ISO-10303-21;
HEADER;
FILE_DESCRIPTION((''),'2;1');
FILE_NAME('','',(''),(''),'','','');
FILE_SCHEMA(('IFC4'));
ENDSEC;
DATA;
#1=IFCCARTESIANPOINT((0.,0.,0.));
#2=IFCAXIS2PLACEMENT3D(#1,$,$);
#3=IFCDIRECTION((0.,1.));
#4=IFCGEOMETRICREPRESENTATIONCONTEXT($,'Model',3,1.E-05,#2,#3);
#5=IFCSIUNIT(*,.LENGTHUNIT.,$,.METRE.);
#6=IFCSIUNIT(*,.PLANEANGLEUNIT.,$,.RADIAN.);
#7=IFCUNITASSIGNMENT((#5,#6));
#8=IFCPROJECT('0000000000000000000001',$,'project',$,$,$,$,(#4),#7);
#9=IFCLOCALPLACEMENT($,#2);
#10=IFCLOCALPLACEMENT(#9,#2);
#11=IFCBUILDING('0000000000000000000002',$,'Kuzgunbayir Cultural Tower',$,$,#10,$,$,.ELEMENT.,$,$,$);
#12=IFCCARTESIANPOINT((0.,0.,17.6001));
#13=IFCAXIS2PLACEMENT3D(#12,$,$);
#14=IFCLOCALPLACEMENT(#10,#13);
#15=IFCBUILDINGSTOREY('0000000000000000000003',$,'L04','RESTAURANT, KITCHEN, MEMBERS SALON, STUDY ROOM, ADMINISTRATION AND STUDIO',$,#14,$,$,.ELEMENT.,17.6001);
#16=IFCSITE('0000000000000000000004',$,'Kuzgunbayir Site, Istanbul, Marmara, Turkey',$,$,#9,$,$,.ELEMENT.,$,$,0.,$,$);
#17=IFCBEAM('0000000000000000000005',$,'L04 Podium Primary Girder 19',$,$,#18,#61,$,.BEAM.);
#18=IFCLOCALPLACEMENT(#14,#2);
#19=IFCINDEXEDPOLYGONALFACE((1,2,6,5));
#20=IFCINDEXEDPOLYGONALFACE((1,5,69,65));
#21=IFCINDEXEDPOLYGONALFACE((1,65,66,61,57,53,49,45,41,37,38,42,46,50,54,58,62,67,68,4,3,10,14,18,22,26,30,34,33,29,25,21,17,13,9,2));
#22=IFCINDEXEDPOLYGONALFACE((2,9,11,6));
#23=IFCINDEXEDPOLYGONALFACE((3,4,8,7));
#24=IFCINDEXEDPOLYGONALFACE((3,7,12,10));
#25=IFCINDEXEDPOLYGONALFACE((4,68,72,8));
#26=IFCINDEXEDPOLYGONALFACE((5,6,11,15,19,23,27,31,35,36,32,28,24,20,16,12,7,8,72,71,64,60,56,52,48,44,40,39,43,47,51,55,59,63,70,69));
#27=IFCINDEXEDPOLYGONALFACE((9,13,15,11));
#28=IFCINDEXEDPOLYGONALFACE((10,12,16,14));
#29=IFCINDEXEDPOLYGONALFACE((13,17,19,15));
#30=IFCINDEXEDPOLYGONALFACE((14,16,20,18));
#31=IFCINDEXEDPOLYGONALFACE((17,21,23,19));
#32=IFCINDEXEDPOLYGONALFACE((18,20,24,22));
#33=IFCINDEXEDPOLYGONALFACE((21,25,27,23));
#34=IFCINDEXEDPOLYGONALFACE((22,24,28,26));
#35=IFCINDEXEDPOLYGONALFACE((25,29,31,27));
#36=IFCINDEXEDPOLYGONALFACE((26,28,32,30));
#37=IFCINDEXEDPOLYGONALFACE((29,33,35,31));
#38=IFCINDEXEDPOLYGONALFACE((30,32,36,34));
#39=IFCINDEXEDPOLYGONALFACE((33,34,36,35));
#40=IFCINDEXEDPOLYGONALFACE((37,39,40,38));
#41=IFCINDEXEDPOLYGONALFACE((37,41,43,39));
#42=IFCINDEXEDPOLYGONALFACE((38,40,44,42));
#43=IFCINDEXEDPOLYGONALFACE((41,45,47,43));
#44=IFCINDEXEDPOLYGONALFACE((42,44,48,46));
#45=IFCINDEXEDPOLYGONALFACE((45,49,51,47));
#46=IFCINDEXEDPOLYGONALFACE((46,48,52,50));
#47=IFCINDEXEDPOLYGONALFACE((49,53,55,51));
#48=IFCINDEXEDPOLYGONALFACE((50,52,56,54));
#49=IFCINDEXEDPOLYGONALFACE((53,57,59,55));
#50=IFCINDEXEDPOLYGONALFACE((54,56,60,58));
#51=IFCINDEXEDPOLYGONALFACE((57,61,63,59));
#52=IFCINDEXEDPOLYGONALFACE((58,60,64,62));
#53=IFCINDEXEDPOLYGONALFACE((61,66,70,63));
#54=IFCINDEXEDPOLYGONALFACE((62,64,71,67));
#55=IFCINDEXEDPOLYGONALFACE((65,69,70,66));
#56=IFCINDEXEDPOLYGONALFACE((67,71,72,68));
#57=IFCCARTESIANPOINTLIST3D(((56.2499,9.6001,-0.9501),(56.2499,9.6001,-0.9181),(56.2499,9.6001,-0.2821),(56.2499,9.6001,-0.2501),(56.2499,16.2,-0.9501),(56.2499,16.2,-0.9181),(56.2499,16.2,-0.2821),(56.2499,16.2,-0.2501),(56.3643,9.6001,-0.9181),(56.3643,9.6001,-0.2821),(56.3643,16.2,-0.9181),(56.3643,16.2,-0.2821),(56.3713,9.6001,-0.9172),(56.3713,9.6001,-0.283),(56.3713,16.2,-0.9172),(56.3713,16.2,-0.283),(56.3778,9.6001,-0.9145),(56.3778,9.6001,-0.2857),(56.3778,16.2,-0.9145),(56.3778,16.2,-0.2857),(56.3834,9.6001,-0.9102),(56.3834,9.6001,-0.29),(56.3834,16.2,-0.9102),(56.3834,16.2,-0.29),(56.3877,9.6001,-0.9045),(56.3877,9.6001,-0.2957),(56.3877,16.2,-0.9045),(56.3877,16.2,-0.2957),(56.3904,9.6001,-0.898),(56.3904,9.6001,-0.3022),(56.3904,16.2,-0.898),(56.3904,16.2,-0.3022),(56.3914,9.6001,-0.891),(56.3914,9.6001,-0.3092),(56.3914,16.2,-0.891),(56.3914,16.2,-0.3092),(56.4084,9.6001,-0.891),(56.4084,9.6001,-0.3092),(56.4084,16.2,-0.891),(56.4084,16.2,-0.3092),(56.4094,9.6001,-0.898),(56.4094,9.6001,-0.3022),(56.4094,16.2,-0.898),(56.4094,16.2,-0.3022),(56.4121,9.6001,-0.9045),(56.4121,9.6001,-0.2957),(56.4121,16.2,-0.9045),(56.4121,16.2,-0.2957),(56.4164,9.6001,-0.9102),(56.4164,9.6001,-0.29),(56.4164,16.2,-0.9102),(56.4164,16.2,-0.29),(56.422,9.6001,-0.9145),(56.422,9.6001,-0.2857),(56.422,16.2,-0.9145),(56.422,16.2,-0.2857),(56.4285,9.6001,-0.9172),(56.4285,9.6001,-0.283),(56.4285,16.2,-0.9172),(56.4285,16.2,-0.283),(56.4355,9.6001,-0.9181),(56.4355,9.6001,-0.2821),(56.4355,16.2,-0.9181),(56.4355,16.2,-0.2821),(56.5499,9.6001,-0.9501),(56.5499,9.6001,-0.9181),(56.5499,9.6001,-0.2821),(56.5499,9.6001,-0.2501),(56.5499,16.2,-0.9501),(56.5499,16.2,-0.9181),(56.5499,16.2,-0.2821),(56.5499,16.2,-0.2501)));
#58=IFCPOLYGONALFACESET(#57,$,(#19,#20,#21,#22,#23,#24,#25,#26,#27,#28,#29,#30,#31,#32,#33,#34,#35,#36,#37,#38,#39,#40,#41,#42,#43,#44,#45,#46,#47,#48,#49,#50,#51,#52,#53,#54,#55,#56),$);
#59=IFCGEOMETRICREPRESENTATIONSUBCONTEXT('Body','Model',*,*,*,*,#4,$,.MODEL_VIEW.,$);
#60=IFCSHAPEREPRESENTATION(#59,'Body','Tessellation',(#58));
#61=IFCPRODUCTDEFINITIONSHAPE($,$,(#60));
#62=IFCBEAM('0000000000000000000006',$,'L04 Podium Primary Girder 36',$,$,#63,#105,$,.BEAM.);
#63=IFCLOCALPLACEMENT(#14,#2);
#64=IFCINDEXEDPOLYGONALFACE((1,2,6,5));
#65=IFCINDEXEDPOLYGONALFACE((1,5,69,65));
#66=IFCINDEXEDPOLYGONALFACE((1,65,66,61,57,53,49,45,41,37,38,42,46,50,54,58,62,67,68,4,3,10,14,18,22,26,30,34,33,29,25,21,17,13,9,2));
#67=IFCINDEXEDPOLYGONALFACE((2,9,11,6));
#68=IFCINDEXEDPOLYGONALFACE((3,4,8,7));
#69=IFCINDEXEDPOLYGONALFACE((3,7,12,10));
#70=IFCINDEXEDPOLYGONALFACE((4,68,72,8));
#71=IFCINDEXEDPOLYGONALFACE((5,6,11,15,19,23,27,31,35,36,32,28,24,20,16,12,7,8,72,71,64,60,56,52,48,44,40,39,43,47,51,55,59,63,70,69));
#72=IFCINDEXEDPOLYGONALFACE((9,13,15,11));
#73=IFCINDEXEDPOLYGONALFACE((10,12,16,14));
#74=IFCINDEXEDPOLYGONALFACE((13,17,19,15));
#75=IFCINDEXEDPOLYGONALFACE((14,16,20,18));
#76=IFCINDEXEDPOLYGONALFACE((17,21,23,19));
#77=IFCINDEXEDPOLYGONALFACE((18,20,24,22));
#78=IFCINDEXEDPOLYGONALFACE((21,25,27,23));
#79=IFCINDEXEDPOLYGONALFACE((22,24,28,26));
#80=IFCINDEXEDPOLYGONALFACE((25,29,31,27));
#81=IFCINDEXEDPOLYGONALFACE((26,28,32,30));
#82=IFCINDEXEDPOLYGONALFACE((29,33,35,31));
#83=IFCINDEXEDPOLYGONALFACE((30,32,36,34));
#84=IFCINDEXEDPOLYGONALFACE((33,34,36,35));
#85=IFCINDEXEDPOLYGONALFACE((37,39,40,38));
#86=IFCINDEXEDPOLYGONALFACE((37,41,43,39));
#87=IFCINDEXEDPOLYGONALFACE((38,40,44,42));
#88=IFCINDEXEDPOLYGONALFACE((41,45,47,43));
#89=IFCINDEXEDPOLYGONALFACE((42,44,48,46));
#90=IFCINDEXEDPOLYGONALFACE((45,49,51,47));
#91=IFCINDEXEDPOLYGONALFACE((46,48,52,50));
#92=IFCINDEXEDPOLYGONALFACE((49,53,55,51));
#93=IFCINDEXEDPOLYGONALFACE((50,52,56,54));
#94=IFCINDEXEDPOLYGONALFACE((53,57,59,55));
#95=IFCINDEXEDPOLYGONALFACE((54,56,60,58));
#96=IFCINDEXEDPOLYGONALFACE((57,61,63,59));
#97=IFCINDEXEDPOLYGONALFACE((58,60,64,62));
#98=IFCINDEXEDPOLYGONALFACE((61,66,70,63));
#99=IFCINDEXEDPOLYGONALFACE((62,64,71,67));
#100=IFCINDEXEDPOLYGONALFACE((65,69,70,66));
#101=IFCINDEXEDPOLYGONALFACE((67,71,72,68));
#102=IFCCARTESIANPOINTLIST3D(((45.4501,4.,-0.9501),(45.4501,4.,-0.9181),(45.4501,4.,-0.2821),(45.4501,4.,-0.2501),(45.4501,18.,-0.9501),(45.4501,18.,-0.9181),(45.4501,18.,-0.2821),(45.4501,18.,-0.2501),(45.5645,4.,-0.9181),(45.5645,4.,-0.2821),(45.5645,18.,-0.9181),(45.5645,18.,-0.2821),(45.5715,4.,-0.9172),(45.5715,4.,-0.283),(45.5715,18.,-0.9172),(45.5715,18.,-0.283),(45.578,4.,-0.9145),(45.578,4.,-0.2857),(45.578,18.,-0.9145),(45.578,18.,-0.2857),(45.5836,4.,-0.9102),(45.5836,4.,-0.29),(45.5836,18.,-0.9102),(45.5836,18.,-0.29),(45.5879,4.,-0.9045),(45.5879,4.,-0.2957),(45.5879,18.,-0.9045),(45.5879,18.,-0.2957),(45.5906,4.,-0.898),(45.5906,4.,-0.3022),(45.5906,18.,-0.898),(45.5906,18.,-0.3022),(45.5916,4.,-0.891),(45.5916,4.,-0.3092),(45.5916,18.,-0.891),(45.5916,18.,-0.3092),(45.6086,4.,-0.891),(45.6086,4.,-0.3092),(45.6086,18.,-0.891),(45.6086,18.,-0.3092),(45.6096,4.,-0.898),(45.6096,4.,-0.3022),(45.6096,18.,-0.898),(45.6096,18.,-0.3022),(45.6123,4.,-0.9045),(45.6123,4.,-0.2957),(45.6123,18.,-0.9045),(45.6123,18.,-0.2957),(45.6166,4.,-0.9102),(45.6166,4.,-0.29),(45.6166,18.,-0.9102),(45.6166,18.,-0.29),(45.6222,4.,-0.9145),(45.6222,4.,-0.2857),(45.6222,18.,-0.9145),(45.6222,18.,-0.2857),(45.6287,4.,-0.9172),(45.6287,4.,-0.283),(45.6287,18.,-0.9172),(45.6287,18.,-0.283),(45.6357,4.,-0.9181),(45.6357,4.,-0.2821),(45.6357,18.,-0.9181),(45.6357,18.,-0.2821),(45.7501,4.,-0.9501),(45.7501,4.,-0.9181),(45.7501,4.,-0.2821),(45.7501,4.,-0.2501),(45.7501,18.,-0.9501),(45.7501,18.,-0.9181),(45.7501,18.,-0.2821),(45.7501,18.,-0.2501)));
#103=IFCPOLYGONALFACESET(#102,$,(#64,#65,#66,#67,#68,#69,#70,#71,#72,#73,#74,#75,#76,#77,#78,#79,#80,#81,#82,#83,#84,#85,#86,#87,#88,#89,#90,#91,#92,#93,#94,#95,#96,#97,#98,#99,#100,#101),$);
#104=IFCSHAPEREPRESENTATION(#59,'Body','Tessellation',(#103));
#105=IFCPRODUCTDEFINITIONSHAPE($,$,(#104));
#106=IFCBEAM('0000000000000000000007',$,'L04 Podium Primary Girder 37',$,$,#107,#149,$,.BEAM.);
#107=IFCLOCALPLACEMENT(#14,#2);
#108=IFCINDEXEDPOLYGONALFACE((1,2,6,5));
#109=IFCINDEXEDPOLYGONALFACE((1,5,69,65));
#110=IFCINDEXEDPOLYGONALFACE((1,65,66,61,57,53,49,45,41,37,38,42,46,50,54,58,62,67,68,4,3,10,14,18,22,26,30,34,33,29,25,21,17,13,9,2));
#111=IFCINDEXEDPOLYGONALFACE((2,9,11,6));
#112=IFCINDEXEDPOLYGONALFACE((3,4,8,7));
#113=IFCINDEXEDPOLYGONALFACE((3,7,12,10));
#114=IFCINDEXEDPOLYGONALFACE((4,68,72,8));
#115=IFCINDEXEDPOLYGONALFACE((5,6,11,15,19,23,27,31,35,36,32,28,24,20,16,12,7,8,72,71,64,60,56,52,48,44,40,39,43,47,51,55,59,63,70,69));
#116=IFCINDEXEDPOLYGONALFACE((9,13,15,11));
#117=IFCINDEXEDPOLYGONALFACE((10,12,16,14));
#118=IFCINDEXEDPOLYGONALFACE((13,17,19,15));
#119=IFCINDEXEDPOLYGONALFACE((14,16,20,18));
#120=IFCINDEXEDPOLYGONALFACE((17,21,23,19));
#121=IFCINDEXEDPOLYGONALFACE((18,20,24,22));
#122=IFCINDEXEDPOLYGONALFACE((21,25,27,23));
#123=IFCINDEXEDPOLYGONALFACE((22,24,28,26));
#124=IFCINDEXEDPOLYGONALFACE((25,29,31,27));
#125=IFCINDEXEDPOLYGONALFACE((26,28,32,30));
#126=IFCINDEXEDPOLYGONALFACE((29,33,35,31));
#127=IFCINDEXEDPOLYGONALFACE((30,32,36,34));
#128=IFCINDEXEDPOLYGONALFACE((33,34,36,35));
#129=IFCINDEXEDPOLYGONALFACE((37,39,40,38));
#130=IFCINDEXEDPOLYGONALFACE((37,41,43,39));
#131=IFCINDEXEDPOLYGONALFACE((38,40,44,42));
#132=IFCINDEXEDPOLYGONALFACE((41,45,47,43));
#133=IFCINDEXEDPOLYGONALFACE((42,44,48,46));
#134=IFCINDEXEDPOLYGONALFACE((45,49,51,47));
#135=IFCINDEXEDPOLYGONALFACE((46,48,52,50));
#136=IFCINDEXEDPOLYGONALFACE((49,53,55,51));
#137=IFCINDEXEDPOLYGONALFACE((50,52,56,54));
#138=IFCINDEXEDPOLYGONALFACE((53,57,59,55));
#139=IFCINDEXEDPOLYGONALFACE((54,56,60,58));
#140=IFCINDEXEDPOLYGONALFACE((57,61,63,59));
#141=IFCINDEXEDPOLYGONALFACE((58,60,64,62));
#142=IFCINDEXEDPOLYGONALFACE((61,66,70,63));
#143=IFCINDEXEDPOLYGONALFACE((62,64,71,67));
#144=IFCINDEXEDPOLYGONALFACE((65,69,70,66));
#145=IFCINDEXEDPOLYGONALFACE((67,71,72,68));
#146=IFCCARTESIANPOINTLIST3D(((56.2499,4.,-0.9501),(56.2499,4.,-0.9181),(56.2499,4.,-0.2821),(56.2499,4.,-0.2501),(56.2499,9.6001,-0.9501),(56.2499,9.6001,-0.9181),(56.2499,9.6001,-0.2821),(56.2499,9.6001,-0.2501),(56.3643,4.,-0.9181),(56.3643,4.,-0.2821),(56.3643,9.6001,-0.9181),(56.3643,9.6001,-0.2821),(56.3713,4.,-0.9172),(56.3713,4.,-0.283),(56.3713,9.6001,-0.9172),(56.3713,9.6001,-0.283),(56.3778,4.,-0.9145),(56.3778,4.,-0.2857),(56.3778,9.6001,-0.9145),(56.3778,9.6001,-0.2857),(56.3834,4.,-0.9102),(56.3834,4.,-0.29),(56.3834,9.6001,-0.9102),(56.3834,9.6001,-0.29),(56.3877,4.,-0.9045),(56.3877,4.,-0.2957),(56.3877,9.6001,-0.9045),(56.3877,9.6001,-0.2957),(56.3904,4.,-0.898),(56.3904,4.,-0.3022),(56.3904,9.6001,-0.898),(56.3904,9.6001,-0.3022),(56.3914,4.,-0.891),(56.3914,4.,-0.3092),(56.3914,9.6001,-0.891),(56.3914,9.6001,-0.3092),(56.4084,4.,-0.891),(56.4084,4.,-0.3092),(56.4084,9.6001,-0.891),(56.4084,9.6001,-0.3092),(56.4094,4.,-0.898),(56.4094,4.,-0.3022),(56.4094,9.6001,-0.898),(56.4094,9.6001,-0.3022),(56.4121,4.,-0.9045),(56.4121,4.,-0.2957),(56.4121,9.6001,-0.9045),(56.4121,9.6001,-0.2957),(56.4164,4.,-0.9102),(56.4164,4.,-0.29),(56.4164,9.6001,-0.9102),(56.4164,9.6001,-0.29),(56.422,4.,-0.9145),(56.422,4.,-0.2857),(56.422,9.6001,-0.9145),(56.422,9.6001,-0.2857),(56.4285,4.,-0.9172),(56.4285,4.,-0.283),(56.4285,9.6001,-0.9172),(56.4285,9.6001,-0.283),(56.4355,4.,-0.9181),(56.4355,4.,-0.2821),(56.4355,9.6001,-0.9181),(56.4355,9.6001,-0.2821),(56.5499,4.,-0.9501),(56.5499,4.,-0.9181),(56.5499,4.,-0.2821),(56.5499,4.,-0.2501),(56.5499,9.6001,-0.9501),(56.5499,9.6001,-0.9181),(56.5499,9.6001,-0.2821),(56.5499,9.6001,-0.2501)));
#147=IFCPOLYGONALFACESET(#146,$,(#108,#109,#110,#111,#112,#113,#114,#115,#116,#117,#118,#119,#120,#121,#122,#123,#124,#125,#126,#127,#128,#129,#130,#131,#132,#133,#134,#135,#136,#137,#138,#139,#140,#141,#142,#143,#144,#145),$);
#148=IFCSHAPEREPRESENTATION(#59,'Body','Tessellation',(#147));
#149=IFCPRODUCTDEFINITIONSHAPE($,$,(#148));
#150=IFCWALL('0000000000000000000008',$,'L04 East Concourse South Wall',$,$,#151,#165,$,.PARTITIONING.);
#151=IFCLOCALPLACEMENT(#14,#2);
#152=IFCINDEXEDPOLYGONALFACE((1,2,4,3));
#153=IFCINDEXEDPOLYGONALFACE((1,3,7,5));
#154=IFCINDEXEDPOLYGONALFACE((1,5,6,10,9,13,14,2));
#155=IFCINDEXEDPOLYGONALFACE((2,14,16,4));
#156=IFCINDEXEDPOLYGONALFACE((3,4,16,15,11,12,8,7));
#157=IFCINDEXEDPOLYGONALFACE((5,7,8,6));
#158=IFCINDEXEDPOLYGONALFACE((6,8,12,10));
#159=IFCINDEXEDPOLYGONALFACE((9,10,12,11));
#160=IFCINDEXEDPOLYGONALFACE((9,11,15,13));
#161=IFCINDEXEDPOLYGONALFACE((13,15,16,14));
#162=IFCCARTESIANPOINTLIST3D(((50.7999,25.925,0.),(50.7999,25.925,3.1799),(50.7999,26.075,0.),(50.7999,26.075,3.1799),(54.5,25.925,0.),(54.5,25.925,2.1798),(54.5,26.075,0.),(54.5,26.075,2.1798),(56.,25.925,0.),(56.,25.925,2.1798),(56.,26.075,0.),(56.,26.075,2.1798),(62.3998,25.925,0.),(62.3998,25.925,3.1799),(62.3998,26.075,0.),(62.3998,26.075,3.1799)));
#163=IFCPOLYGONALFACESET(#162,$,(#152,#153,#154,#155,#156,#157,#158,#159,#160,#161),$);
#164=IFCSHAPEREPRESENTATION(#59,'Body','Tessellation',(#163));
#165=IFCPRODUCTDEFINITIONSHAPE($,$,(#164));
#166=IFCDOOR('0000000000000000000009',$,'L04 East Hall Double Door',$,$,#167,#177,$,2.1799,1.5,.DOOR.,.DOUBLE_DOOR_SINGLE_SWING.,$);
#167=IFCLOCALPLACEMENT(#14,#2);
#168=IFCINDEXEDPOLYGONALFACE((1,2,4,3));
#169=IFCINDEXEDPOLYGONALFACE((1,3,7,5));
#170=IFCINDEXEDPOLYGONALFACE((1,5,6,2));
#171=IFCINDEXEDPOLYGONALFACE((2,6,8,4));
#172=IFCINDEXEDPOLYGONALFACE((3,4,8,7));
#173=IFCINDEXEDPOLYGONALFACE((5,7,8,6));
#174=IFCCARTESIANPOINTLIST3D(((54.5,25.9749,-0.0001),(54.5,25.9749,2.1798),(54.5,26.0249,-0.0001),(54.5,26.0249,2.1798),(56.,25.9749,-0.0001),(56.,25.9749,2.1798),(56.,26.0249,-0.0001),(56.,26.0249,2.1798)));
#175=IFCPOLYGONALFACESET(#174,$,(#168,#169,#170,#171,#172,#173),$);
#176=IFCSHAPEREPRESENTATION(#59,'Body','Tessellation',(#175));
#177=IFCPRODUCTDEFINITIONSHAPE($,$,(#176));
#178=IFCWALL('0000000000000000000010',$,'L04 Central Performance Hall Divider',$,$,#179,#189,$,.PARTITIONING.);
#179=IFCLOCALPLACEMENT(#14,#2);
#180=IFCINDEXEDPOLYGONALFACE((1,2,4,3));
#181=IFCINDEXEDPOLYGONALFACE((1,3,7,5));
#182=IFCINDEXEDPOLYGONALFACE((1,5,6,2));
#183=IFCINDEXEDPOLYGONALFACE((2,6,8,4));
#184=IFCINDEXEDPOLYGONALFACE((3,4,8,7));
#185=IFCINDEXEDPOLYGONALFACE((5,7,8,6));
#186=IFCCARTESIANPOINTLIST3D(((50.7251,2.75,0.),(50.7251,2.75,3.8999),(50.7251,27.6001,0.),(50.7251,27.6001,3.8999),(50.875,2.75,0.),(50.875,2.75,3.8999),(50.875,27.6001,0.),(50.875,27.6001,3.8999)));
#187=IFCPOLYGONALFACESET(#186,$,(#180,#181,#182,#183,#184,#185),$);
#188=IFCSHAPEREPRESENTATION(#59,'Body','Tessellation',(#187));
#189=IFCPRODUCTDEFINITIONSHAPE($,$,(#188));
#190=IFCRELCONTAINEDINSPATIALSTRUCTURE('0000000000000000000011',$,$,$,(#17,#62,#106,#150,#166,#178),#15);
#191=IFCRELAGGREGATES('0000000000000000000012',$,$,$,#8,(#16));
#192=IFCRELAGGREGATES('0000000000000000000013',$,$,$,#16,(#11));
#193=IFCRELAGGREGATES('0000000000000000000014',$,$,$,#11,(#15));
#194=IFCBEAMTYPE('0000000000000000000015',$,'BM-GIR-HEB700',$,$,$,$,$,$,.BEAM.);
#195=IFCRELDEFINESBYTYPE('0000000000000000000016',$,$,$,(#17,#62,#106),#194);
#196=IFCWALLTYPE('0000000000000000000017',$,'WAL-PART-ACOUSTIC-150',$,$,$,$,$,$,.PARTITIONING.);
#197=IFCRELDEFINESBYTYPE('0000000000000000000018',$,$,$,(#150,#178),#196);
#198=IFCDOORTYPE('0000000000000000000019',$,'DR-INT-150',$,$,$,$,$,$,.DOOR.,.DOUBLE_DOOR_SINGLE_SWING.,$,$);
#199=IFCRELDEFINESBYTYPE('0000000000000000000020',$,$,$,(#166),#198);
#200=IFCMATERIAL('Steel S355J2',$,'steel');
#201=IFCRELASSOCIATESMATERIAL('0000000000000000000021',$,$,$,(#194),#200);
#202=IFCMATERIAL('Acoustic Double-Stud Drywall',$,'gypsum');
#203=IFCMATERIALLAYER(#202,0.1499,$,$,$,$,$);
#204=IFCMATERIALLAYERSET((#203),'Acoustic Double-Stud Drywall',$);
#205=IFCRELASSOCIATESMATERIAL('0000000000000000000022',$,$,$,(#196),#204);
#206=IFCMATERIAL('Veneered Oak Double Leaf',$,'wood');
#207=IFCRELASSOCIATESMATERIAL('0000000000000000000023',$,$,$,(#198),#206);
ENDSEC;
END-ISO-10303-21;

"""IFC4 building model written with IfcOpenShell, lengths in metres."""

from ifc_helpers import new_model, si_unit, direction, frame, frame_2d, origin, origin_2d, place, context, subcontext, project, spatial, rectangle, i_section, extrude, material, layer, layer_set, material_profile, profile_set, type_object, element, fill, save


model = new_model("IFC4")

# Units and contexts
model_context = context("Model", 3, precision=1e-05, world=origin(), true_north=direction((0.0, 1.0)))
body_context = subcontext(model_context, "Body", "Model", "MODEL_VIEW")
ifc_project = project(units=[si_unit("LENGTHUNIT", "METRE"), si_unit("PLANEANGLEUNIT", "RADIAN")], contexts=[model_context])

# Site, building, storey
site_placement = place(None, origin())
site = spatial("IfcSite", under=ifc_project, at=site_placement, Name="Kuzgunbayir Site, Istanbul, Marmara, Turkey", CompositionType="ELEMENT", RefElevation=0.0)
building_placement = place(site_placement, origin())
building = spatial("IfcBuilding", under=site, at=building_placement, Name="Kuzgunbayir Cultural Tower", CompositionType="ELEMENT")
storey_placement = place(building_placement, frame((0.0, 0.0, 17.6001)))
storey = spatial("IfcBuildingStorey", under=building, at=storey_placement, Name="L04", Description="RESTAURANT, KITCHEN, MEMBERS SALON, STUDY ROOM, ADMINISTRATION AND STUDIO", CompositionType="ELEMENT", Elevation=17.6001)

# Beams
ifc_material_1 = material(Name="Steel S355J2", Category="steel")
ifc_material_profile_1 = material_profile(ifc_material_1, i_section(OverallWidth=0.3, OverallDepth=0.7, WebThickness=0.0171, FlangeThickness=0.032, FilletRadius=0.0271, at=origin_2d()), Name="HEB 700")
ifc_profile_set_1 = profile_set([ifc_material_profile_1], Name="Steel S355J2")
beam_type = type_object("IfcBeamType", Name="BM-GIR-HEB700", PredefinedType="BEAM", material=ifc_profile_set_1)
beam_1_placement = place(storey_placement, frame((56.3999, 9.6001, -0.6001), z_axis=(0.0, 1.0, 0.0), x_axis=(-1.0, 0.0, 0.0)))
element("IfcBeam", 1, at=beam_1_placement, inside=storey, type_object=beam_type, Name="L04 Podium Primary Girder 19", PredefinedType="BEAM", context=body_context, shape_type="SweptSolid", body=[
    extrude(i_section(OverallWidth=0.3, OverallDepth=0.7, WebThickness=0.0171, FlangeThickness=0.032, FilletRadius=0.0271, at=origin_2d()), origin(), (0.0, 0.0, 1.0), 6.5999),
])
beam_2_placement = place(storey_placement, frame((45.6001, 4.0, -0.6001), z_axis=(0.0, 1.0, 0.0), x_axis=(-1.0, 0.0, 0.0)))
element("IfcBeam", 2, at=beam_2_placement, inside=storey, type_object=beam_type, Name="L04 Podium Primary Girder 36", PredefinedType="BEAM", context=body_context, shape_type="SweptSolid", body=[
    extrude(i_section(OverallWidth=0.3, OverallDepth=0.7, WebThickness=0.0171, FlangeThickness=0.032, FilletRadius=0.0271, at=origin_2d()), origin(), (0.0, 0.0, 1.0), 14.0),
])
beam_3_placement = place(storey_placement, frame((56.3999, 4.0, -0.6001), z_axis=(0.0, 1.0, 0.0), x_axis=(-1.0, 0.0, 0.0)))
element("IfcBeam", 3, at=beam_3_placement, inside=storey, type_object=beam_type, Name="L04 Podium Primary Girder 37", PredefinedType="BEAM", context=body_context, shape_type="SweptSolid", body=[
    extrude(i_section(OverallWidth=0.3, OverallDepth=0.7, WebThickness=0.0171, FlangeThickness=0.032, FilletRadius=0.0271, at=origin_2d()), origin(), (0.0, 0.0, 1.0), 5.6001),
])

# Wall, opening, door
ifc_material_2 = material(Name="Acoustic Double-Stud Drywall", Category="gypsum")
ifc_layer_1 = layer(ifc_material_2, 0.1499)
ifc_layer_set_1 = layer_set([ifc_layer_1], Name="Acoustic Double-Stud Drywall")
wall_type_1 = type_object("IfcWallType", Name="WAL-PART-ACOUSTIC-150", PredefinedType="PARTITIONING", material=ifc_layer_set_1)
wall_1_placement = place(storey_placement, frame((50.8, 26.0, 0.0), z_axis=(0.0, 0.0, 1.0), x_axis=(1.0, 0.0, 0.0)))
wall_1 = element("IfcWall", 4, at=wall_1_placement, inside=storey, type_object=wall_type_1, Name="L04 East Concourse South Wall", PredefinedType="PARTITIONING", context=body_context, shape_type="SweptSolid", body=[
    extrude(rectangle(XDim=11.5999, YDim=0.1499, at=frame_2d((5.7998, 0.0))), origin(), (0.0, 0.0, 1.0), 3.1799),
])
opening_1_placement = place(wall_1_placement, frame((3.7, 0.0, 0.0)))
opening_1 = element("IfcOpeningElement", 5, at=opening_1_placement, cuts=wall_1, PredefinedType="OPENING", context=body_context, shape_type="SweptSolid", body=[
    extrude(rectangle(XDim=1.5, YDim=2.1799, at=frame_2d((0.75, 1.0898))), frame((0.0, 0.085, 0.0), z_axis=(0.0, -1.0, 0.0), x_axis=(1.0, 0.0, 0.0)), (0.0, 0.0, 1.0), 0.1699),
])
ifc_material_3 = material(Name="Veneered Oak Double Leaf", Category="wood")
door_type_1 = type_object("IfcDoorType", Name="DR-INT-150", OperationType="DOUBLE_DOOR_SINGLE_SWING", PredefinedType="DOOR", material=ifc_material_3)
door_1_placement = place(opening_1_placement, origin())
door_1 = element("IfcDoor", 6, at=door_1_placement, inside=storey, type_object=door_type_1, Name="L04 East Hall Double Door", OperationType="DOUBLE_DOOR_SINGLE_SWING", OverallHeight=2.1799, OverallWidth=1.5, PredefinedType="DOOR", context=body_context, shape_type="SweptSolid", body=[
    extrude(rectangle(XDim=1.5, YDim=2.1799, at=frame_2d((0.75, 1.0898))), frame((0.0, 0.0249, 0.0), z_axis=(0.0, -1.0, 0.0), x_axis=(1.0, 0.0, 0.0)), (0.0, 0.0, 1.0), 0.05),
])
fill(opening_1, door_1)

# Wall
wall_2_placement = place(storey_placement, frame((50.8, 2.75, 0.0), z_axis=(0.0, 0.0, 1.0), x_axis=(0.0, 1.0, 0.0)))
element("IfcWall", 7, at=wall_2_placement, inside=storey, type_object=wall_type_1, Name="L04 Central Performance Hall Divider", PredefinedType="PARTITIONING", context=body_context, shape_type="SweptSolid", body=[
    extrude(rectangle(XDim=24.8501, YDim=0.1499, at=frame_2d((12.425, 0.0))), origin(), (0.0, 0.0, 1.0), 3.8999),
])

save(model, "model.ifc")
